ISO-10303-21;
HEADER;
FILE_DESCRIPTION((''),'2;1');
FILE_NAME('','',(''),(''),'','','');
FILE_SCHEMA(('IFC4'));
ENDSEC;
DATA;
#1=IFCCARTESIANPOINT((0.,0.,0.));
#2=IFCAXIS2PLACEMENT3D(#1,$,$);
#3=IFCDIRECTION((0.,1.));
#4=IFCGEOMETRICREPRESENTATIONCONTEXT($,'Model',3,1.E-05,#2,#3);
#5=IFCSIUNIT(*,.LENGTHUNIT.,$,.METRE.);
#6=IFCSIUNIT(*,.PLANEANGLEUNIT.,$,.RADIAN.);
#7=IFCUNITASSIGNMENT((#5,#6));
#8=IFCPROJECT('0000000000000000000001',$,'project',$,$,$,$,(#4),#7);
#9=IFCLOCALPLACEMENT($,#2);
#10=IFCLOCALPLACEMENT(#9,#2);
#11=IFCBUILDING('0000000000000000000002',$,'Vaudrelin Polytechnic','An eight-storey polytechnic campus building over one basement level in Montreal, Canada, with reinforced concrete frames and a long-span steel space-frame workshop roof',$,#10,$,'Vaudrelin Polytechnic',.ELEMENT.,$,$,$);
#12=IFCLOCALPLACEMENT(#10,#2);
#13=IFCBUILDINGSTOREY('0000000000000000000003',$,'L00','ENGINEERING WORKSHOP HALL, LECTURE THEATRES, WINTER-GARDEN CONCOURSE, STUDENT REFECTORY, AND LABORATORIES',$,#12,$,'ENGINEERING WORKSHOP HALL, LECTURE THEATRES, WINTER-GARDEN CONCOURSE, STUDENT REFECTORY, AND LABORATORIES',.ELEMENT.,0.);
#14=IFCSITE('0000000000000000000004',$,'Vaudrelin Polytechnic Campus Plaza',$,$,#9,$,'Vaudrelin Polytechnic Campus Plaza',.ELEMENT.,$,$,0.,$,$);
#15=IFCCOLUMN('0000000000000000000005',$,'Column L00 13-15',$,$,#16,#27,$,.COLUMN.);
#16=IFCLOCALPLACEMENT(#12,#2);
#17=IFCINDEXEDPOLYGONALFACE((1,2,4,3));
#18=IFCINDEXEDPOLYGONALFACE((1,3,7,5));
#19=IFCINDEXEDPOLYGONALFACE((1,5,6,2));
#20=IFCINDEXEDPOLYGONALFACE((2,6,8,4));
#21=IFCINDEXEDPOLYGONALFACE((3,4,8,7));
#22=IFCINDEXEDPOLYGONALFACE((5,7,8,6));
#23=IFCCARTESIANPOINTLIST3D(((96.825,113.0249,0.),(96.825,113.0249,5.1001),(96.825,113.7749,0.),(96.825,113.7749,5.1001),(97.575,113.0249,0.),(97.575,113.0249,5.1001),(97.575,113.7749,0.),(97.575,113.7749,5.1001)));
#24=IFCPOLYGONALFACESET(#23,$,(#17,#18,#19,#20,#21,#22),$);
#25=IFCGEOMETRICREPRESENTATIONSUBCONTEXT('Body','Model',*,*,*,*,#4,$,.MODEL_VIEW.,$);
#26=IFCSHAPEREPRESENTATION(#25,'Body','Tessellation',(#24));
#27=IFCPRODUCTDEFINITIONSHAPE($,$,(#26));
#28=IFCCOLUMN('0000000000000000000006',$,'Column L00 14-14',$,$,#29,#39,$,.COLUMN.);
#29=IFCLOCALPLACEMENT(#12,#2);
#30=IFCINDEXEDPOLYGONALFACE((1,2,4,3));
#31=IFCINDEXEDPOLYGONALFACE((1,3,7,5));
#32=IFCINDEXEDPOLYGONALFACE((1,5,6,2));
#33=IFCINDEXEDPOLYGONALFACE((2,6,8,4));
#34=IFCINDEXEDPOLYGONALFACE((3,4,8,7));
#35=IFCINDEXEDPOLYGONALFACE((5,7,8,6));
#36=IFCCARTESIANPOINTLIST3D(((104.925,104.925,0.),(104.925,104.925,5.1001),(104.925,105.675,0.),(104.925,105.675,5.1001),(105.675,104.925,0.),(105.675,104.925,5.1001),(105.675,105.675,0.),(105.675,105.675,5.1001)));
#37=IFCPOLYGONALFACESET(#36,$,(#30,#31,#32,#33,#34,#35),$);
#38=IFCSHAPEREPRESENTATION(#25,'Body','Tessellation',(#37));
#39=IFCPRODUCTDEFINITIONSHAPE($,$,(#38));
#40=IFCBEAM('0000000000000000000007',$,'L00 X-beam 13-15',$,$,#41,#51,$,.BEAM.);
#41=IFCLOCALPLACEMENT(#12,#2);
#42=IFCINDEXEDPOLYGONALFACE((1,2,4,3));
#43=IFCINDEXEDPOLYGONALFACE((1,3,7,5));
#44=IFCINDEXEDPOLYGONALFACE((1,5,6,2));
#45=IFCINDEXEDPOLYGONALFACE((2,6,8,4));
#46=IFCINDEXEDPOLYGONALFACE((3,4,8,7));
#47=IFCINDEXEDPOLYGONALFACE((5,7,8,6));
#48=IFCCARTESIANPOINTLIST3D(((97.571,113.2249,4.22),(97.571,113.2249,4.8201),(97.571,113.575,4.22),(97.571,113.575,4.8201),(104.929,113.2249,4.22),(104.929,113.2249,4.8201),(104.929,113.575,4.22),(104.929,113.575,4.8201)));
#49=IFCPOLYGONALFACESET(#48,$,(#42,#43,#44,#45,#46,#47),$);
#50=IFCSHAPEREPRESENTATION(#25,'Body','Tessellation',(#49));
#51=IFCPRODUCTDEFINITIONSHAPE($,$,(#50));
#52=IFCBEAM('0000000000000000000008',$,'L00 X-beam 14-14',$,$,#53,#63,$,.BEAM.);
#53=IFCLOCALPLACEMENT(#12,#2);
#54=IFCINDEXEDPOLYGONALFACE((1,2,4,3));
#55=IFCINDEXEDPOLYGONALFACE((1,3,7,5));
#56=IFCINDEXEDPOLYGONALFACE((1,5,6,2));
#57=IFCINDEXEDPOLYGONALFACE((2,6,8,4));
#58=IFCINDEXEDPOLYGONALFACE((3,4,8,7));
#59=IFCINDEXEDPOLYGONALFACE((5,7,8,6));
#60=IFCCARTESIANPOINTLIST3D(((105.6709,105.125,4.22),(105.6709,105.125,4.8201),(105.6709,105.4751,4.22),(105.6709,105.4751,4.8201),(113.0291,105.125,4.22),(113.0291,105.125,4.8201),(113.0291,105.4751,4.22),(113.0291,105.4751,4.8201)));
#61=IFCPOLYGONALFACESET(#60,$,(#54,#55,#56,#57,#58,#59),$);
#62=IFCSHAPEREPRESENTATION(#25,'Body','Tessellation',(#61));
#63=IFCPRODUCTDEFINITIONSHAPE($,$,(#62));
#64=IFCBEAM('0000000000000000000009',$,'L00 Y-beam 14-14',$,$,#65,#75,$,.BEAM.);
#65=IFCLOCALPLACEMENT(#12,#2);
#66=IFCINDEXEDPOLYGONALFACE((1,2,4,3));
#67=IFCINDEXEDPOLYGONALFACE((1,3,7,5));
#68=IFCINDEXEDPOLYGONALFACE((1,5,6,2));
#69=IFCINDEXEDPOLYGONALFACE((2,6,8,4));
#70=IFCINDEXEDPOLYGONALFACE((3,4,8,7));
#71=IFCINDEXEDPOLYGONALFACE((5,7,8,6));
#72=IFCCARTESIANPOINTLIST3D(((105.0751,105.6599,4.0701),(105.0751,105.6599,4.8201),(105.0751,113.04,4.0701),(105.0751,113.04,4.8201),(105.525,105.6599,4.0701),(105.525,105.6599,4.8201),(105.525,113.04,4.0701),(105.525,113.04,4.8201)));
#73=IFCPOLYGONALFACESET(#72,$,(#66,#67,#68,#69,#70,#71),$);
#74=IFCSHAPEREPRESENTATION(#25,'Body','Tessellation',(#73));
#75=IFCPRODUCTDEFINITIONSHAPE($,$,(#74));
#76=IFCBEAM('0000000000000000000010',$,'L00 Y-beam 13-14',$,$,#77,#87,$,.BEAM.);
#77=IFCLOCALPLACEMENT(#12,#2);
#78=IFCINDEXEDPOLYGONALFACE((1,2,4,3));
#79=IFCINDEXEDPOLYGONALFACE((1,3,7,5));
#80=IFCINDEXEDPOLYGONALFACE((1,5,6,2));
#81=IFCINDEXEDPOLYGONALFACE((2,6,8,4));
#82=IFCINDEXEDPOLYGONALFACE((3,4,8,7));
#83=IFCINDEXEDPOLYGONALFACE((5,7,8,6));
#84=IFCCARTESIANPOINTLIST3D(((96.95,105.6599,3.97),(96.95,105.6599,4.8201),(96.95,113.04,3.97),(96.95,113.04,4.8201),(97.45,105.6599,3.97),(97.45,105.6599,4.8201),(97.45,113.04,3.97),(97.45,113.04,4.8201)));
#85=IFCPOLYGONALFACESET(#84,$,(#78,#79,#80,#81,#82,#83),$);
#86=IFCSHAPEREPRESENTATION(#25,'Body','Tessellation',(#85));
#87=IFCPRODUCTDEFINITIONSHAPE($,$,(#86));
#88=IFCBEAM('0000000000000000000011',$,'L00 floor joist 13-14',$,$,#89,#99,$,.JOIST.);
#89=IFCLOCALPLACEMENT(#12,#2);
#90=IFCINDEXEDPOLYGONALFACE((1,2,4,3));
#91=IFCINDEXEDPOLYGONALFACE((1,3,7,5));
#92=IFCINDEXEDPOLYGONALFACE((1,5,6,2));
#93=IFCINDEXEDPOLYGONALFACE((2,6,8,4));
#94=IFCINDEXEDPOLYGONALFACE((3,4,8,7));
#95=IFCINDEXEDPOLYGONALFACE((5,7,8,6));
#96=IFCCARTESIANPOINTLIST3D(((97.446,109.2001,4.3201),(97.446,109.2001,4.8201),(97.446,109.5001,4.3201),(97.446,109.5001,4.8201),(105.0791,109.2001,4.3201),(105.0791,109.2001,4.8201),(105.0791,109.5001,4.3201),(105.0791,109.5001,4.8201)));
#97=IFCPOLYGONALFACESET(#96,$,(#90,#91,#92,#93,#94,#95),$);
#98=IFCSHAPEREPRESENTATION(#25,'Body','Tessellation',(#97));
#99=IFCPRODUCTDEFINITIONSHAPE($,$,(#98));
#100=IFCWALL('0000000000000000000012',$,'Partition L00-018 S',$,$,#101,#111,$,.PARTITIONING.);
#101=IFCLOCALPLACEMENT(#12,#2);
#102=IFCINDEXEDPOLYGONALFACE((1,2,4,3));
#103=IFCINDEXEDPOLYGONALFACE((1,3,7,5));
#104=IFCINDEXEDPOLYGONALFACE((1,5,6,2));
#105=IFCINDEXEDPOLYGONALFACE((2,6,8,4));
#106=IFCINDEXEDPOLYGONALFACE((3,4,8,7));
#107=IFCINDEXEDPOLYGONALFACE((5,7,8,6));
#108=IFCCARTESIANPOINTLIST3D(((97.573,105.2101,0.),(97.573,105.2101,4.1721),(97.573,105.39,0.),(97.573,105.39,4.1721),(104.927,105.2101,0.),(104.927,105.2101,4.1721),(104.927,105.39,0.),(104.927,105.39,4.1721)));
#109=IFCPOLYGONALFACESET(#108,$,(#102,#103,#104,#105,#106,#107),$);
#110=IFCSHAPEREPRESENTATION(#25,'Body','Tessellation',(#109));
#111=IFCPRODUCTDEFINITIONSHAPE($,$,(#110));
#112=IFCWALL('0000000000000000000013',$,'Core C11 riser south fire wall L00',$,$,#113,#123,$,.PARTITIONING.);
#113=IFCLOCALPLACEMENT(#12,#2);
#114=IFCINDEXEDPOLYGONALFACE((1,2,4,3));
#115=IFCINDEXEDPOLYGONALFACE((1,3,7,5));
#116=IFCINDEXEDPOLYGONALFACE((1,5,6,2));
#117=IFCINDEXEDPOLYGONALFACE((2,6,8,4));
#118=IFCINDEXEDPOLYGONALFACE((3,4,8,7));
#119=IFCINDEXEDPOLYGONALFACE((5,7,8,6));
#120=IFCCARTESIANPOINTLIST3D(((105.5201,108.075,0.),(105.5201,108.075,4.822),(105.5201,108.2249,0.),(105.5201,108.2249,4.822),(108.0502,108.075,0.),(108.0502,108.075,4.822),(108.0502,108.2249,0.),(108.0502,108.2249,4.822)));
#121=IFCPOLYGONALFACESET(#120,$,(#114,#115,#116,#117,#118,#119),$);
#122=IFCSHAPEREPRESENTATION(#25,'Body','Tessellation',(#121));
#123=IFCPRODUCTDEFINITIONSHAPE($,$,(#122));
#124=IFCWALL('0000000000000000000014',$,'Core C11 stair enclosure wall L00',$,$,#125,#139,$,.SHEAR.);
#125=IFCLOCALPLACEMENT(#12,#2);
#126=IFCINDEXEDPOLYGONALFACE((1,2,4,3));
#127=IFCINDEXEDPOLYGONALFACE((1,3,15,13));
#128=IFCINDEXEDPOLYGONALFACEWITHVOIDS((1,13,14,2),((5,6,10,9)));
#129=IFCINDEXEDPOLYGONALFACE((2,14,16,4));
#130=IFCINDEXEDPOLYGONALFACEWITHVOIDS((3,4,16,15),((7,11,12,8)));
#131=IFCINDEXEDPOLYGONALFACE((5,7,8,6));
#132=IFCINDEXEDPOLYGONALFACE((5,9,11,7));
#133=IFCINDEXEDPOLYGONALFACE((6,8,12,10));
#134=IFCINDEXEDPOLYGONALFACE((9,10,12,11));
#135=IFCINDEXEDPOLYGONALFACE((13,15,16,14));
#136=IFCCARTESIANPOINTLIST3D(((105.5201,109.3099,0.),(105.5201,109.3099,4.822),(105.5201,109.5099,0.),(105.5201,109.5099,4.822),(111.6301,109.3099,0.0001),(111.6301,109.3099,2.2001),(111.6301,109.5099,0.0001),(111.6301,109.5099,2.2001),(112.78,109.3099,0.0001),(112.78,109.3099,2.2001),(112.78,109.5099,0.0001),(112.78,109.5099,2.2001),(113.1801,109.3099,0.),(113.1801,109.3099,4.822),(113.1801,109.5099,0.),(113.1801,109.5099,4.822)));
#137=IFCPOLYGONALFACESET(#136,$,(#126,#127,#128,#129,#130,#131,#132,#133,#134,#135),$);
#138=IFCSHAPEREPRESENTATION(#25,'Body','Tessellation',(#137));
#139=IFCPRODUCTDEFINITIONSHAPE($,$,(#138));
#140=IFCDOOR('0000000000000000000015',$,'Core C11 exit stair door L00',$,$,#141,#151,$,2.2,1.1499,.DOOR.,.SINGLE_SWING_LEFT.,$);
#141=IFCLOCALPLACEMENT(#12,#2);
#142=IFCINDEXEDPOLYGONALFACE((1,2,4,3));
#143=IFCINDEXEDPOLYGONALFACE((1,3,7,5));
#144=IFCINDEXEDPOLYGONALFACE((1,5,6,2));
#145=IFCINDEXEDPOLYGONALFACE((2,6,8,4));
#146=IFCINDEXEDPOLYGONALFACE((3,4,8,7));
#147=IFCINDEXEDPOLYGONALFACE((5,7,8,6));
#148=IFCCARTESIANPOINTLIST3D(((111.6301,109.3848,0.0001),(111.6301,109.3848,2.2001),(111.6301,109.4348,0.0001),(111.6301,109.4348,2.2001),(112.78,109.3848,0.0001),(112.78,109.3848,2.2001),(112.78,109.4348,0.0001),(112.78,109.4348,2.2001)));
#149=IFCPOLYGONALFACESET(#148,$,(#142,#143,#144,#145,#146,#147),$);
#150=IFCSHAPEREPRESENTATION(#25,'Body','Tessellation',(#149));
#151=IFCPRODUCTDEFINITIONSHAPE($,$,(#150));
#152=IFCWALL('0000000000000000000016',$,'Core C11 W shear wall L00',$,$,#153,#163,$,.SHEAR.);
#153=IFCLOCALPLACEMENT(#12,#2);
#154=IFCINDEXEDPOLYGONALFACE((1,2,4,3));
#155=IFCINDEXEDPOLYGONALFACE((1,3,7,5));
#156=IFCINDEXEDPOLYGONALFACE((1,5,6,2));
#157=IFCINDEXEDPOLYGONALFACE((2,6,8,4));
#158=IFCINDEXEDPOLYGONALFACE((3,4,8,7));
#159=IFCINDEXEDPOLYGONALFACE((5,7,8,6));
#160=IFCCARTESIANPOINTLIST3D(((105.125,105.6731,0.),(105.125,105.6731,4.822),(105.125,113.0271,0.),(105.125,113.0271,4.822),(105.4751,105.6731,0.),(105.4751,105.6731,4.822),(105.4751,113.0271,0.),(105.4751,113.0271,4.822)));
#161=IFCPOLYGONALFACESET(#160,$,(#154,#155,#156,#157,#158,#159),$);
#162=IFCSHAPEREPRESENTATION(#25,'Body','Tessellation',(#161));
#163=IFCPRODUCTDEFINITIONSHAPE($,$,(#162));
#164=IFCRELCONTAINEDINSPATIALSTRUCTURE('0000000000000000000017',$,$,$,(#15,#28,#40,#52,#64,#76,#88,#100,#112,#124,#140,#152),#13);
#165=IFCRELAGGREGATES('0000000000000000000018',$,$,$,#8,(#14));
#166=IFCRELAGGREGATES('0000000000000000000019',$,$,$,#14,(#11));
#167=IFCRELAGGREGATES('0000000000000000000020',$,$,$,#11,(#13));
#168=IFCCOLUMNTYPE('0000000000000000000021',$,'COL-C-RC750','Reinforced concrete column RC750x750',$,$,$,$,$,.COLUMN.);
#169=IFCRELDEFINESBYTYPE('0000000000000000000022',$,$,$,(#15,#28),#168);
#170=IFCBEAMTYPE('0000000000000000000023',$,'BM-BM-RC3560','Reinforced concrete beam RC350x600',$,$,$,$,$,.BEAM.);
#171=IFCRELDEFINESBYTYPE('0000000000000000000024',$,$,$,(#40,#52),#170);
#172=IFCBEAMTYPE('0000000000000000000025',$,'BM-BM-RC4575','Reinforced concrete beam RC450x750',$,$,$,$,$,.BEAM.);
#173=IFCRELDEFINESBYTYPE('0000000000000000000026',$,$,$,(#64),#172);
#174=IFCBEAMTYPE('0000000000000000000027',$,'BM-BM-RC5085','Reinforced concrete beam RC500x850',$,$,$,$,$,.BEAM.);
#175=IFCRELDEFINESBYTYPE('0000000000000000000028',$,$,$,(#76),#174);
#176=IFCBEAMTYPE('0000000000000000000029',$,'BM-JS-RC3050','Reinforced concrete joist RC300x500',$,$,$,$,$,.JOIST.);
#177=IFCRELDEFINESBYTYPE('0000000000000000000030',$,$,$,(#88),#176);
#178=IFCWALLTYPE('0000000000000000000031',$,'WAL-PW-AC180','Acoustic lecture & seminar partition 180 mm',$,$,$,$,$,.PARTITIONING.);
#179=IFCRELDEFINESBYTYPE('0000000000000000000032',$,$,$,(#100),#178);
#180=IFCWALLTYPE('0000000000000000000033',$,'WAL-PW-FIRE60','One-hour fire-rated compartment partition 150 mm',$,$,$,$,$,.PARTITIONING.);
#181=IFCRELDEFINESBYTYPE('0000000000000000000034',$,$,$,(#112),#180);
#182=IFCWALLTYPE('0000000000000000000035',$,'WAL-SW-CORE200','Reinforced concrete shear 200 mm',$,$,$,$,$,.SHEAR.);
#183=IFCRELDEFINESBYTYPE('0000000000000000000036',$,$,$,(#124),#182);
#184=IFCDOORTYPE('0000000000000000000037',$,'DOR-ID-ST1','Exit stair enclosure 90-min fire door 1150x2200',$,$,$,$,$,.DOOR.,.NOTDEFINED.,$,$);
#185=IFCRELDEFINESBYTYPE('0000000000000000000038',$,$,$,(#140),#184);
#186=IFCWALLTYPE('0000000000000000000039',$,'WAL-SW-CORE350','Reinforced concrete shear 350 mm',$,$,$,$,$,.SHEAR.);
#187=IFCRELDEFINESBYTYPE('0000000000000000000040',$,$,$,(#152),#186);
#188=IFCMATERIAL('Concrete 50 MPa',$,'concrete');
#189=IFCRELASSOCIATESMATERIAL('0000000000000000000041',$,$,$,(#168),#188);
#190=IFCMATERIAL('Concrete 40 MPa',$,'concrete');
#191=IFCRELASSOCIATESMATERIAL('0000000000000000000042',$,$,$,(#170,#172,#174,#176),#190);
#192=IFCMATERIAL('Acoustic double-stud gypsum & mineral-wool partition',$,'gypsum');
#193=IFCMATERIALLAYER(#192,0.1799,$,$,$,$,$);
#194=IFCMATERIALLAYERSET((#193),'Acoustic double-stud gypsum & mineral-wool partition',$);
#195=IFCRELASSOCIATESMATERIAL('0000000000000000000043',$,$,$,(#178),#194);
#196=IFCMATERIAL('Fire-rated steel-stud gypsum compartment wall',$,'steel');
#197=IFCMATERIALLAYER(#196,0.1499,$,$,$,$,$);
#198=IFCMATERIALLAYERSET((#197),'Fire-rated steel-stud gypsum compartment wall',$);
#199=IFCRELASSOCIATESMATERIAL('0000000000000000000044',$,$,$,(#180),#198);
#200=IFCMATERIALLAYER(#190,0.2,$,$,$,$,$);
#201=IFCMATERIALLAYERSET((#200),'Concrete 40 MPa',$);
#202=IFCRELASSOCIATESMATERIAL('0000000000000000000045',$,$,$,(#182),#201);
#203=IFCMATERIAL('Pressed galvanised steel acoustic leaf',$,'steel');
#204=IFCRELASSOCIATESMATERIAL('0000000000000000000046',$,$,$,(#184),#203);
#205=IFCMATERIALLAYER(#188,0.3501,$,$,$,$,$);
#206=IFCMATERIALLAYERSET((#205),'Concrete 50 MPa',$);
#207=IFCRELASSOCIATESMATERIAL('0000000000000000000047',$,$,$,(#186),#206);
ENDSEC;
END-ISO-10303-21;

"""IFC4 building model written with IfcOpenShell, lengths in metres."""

from ifc_helpers import new_model, si_unit, direction, frame, frame_2d, origin, origin_2d, place, context, subcontext, project, spatial, rectangle, extrude, material, layer, layer_set, material_profile, profile_set, type_object, element, fill, save


model = new_model("IFC4")

# Units and contexts
model_context = context("Model", 3, precision=1e-05, world=origin(), true_north=direction((0.0, 1.0)))
body_context = subcontext(model_context, "Body", "Model", "MODEL_VIEW")
ifc_project = project(units=[si_unit("LENGTHUNIT", "METRE"), si_unit("PLANEANGLEUNIT", "RADIAN")], contexts=[model_context])

# Site, building, storey
site_placement = place(None, origin())
site = spatial("IfcSite", under=ifc_project, at=site_placement, Name="Vaudrelin Polytechnic Campus Plaza", LongName="Vaudrelin Polytechnic Campus Plaza", CompositionType="ELEMENT", RefElevation=0.0)
building_placement = place(site_placement, origin())
building = spatial("IfcBuilding", under=site, at=building_placement, Name="Vaudrelin Polytechnic", Description="An eight-storey polytechnic campus building over one basement level in Montreal, Canada, with reinforced concrete frames and a long-span steel space-frame workshop roof", LongName="Vaudrelin Polytechnic", CompositionType="ELEMENT")
storey_placement = place(building_placement, origin())
storey = spatial("IfcBuildingStorey", under=building, at=storey_placement, Name="L00", Description="ENGINEERING WORKSHOP HALL, LECTURE THEATRES, WINTER-GARDEN CONCOURSE, STUDENT REFECTORY, AND LABORATORIES", LongName="ENGINEERING WORKSHOP HALL, LECTURE THEATRES, WINTER-GARDEN CONCOURSE, STUDENT REFECTORY, AND LABORATORIES", CompositionType="ELEMENT", Elevation=0.0)

# Columns
ifc_material_1 = material(Name="Concrete 50 MPa", Category="concrete")
ifc_material_profile_1 = material_profile(ifc_material_1, rectangle(XDim=0.75, YDim=0.75, at=origin_2d()), Name="RC750x750")
ifc_profile_set_1 = profile_set([ifc_material_profile_1], Name="Concrete 50 MPa")
column_type = type_object("IfcColumnType", Name="COL-C-RC750", Description="Reinforced concrete column RC750x750", PredefinedType="COLUMN", material=ifc_profile_set_1)
for number, where, z_axis, x_axis, name in (
    (1, (97.2, 113.3999, 0.0), (0.0, 0.0, 1.0), (1.0, 0.0, 0.0), "Column L00 13-15"),
    (2, (105.3, 105.3, 0.0), (0.0, 0.0, 1.0), (1.0, 0.0, 0.0), "Column L00 14-14"),
):
    element("IfcColumn", number, at=place(storey_placement, frame(where, z_axis=z_axis, x_axis=x_axis)), inside=storey, type_object=column_type, Name=name, PredefinedType="COLUMN", context=body_context, shape_type="SweptSolid", body=[
        extrude(rectangle(XDim=0.75, YDim=0.75, at=origin_2d()), origin(), (0.0, 0.0, 1.0), 5.1001),
    ])

# Beams
ifc_material_2 = material(Name="Concrete 40 MPa", Category="concrete")
ifc_material_profile_2 = material_profile(ifc_material_2, rectangle(XDim=0.3501, YDim=0.6001, at=origin_2d()), Name="RC350x600")
ifc_profile_set_2 = profile_set([ifc_material_profile_2], Name="Concrete 40 MPa")
beam_type_1 = type_object("IfcBeamType", Name="BM-BM-RC3560", Description="Reinforced concrete beam RC350x600", PredefinedType="BEAM", material=ifc_profile_set_2)
beam_1_placement = place(storey_placement, frame((97.571, 113.3999, 4.52), z_axis=(1.0, 0.0, 0.0), x_axis=(0.0, 1.0, 0.0)))
element("IfcBeam", 3, at=beam_1_placement, inside=storey, type_object=beam_type_1, Name="L00 X-beam 13-15", PredefinedType="BEAM", context=body_context, shape_type="SweptSolid", body=[
    extrude(rectangle(XDim=0.3501, YDim=0.6001, at=origin_2d()), origin(), (0.0, 0.0, 1.0), 7.3579),
])
beam_2_placement = place(storey_placement, frame((105.6709, 105.3, 4.52), z_axis=(1.0, 0.0, 0.0), x_axis=(0.0, 1.0, 0.0)))
element("IfcBeam", 4, at=beam_2_placement, inside=storey, type_object=beam_type_1, Name="L00 X-beam 14-14", PredefinedType="BEAM", context=body_context, shape_type="SweptSolid", body=[
    extrude(rectangle(XDim=0.3501, YDim=0.6001, at=origin_2d()), origin(), (0.0, 0.0, 1.0), 7.3582),
])
ifc_material_profile_3 = material_profile(ifc_material_2, rectangle(XDim=0.45, YDim=0.75, at=origin_2d()), Name="RC450x750")
ifc_profile_set_3 = profile_set([ifc_material_profile_3], Name="Concrete 40 MPa")
beam_type_2 = type_object("IfcBeamType", Name="BM-BM-RC4575", Description="Reinforced concrete beam RC450x750", PredefinedType="BEAM", material=ifc_profile_set_3)
beam_3_placement = place(storey_placement, frame((105.3, 105.6599, 4.4451), z_axis=(0.0, 1.0, 0.0), x_axis=(-1.0, 0.0, 0.0)))
element("IfcBeam", 5, at=beam_3_placement, inside=storey, type_object=beam_type_2, Name="L00 Y-beam 14-14", PredefinedType="BEAM", context=body_context, shape_type="SweptSolid", body=[
    extrude(rectangle(XDim=0.45, YDim=0.75, at=origin_2d()), origin(), (0.0, 0.0, 1.0), 7.3801),
])
ifc_material_profile_4 = material_profile(ifc_material_2, rectangle(XDim=0.5, YDim=0.8501, at=origin_2d()), Name="RC500x850")
ifc_profile_set_4 = profile_set([ifc_material_profile_4], Name="Concrete 40 MPa")
beam_type_3 = type_object("IfcBeamType", Name="BM-BM-RC5085", Description="Reinforced concrete beam RC500x850", PredefinedType="BEAM", material=ifc_profile_set_4)
beam_4_placement = place(storey_placement, frame((97.2, 105.6599, 4.395), z_axis=(0.0, 1.0, 0.0), x_axis=(-1.0, 0.0, 0.0)))
element("IfcBeam", 6, at=beam_4_placement, inside=storey, type_object=beam_type_3, Name="L00 Y-beam 13-14", PredefinedType="BEAM", context=body_context, shape_type="SweptSolid", body=[
    extrude(rectangle(XDim=0.5, YDim=0.8501, at=origin_2d()), origin(), (0.0, 0.0, 1.0), 7.3801),
])
ifc_material_profile_5 = material_profile(ifc_material_2, rectangle(XDim=0.3, YDim=0.5, at=origin_2d()), Name="RC300x500")
ifc_profile_set_5 = profile_set([ifc_material_profile_5], Name="Concrete 40 MPa")
beam_type_4 = type_object("IfcBeamType", Name="BM-JS-RC3050", Description="Reinforced concrete joist RC300x500", PredefinedType="JOIST", material=ifc_profile_set_5)
beam_5_placement = place(storey_placement, frame((97.446, 109.3501, 4.5701), z_axis=(1.0, 0.0, 0.0), x_axis=(0.0, 1.0, 0.0)))
element("IfcBeam", 7, at=beam_5_placement, inside=storey, type_object=beam_type_4, Name="L00 floor joist 13-14", PredefinedType="JOIST", context=body_context, shape_type="SweptSolid", body=[
    extrude(rectangle(XDim=0.3, YDim=0.5, at=origin_2d()), origin(), (0.0, 0.0, 1.0), 7.6331),
])

# Walls
ifc_material_3 = material(Name="Acoustic double-stud gypsum & mineral-wool partition", Category="gypsum")
ifc_layer_1 = layer(ifc_material_3, 0.1799)
ifc_layer_set_1 = layer_set([ifc_layer_1], Name="Acoustic double-stud gypsum & mineral-wool partition")
wall_type_1 = type_object("IfcWallType", Name="WAL-PW-AC180", Description="Acoustic lecture & seminar partition 180 mm", PredefinedType="PARTITIONING", material=ifc_layer_set_1)
wall_1_placement = place(storey_placement, frame((97.573, 105.3, 0.0), z_axis=(0.0, 0.0, 1.0), x_axis=(1.0, 0.0, 0.0)))
element("IfcWall", 8, at=wall_1_placement, inside=storey, type_object=wall_type_1, Name="Partition L00-018 S", PredefinedType="PARTITIONING", context=body_context, shape_type="SweptSolid", body=[
    extrude(rectangle(XDim=7.354, YDim=0.1799, at=frame_2d((3.677, 0.0))), origin(), (0.0, 0.0, 1.0), 4.1721),
])
ifc_material_4 = material(Name="Fire-rated steel-stud gypsum compartment wall", Category="steel")
ifc_layer_2 = layer(ifc_material_4, 0.1499)
ifc_layer_set_2 = layer_set([ifc_layer_2], Name="Fire-rated steel-stud gypsum compartment wall")
wall_type_2 = type_object("IfcWallType", Name="WAL-PW-FIRE60", Description="One-hour fire-rated compartment partition 150 mm", PredefinedType="PARTITIONING", material=ifc_layer_set_2)
wall_2_placement = place(storey_placement, frame((105.52, 108.1499, 0.0), z_axis=(0.0, 0.0, 1.0), x_axis=(1.0, 0.0, 0.0)))
element("IfcWall", 9, at=wall_2_placement, inside=storey, type_object=wall_type_2, Name="Core C11 riser south fire wall L00", PredefinedType="PARTITIONING", context=body_context, shape_type="SweptSolid", body=[
    extrude(rectangle(XDim=2.53, YDim=0.1499, at=frame_2d((1.2651, 0.0))), origin(), (0.0, 0.0, 1.0), 4.822),
])

# Wall, opening, door
ifc_material_5 = material(Name="Pressed galvanised steel acoustic leaf", Category="steel")
ifc_layer_3 = layer(ifc_material_2, 0.2)
ifc_layer_set_3 = layer_set([ifc_layer_3], Name="Concrete 40 MPa")
wall_type_3 = type_object("IfcWallType", Name="WAL-SW-CORE200", Description="Reinforced concrete shear 200 mm", PredefinedType="SHEAR", material=ifc_layer_set_3)
wall_3_placement = place(storey_placement, frame((105.52, 109.4099, 0.0), z_axis=(0.0, 0.0, 1.0), x_axis=(1.0, 0.0, 0.0)))
wall_3 = element("IfcWall", 10, at=wall_3_placement, inside=storey, type_object=wall_type_3, Name="Core C11 stair enclosure wall L00", PredefinedType="SHEAR", context=body_context, shape_type="SweptSolid", body=[
    extrude(rectangle(XDim=7.6599, YDim=0.2, at=frame_2d((3.8301, 0.0))), origin(), (0.0, 0.0, 1.0), 4.822),
])
opening_1_placement = place(wall_3_placement, frame((6.1101, 0.0, 0.0)))
opening_1 = element("IfcOpeningElement", 11, at=opening_1_placement, cuts=wall_3, PredefinedType="OPENING", context=body_context, shape_type="SweptSolid", body=[
    extrude(rectangle(XDim=1.1499, YDim=2.2, at=frame_2d((0.575, 1.1001))), frame((0.0, 0.1099, 0.0), z_axis=(0.0, -1.0, 0.0), x_axis=(1.0, 0.0, 0.0)), (0.0, 0.0, 1.0), 0.22),
])
door_type_1 = type_object("IfcDoorType", Name="DOR-ID-ST1", Description="Exit stair enclosure 90-min fire door 1150x2200", OperationType="NOTDEFINED", PredefinedType="DOOR", material=ifc_material_5)
door_1_placement = place(opening_1_placement, origin())
door_1 = element("IfcDoor", 12, at=door_1_placement, inside=storey, type_object=door_type_1, Name="Core C11 exit stair door L00", OperationType="SINGLE_SWING_LEFT", OverallHeight=2.2, OverallWidth=1.1499, PredefinedType="DOOR", context=body_context, shape_type="SweptSolid", body=[
    extrude(rectangle(XDim=1.1499, YDim=2.2, at=frame_2d((0.575, 1.1001))), frame((0.0, 0.0249, 0.0), z_axis=(0.0, -1.0, 0.0), x_axis=(1.0, 0.0, 0.0)), (0.0, 0.0, 1.0), 0.05),
])
fill(opening_1, door_1)

# Wall
ifc_layer_4 = layer(ifc_material_1, 0.3501)
ifc_layer_set_4 = layer_set([ifc_layer_4], Name="Concrete 50 MPa")
wall_type_4 = type_object("IfcWallType", Name="WAL-SW-CORE350", Description="Reinforced concrete shear 350 mm", PredefinedType="SHEAR", material=ifc_layer_set_4)
wall_4_placement = place(storey_placement, frame((105.3, 105.6731, 0.0), z_axis=(0.0, 0.0, 1.0), x_axis=(0.0, 1.0, 0.0)))
element("IfcWall", 13, at=wall_4_placement, inside=storey, type_object=wall_type_4, Name="Core C11 W shear wall L00", PredefinedType="SHEAR", context=body_context, shape_type="SweptSolid", body=[
    extrude(rectangle(XDim=7.354, YDim=0.3501, at=frame_2d((3.677, 0.0))), origin(), (0.0, 0.0, 1.0), 4.822),
])

save(model, "model.ifc")
